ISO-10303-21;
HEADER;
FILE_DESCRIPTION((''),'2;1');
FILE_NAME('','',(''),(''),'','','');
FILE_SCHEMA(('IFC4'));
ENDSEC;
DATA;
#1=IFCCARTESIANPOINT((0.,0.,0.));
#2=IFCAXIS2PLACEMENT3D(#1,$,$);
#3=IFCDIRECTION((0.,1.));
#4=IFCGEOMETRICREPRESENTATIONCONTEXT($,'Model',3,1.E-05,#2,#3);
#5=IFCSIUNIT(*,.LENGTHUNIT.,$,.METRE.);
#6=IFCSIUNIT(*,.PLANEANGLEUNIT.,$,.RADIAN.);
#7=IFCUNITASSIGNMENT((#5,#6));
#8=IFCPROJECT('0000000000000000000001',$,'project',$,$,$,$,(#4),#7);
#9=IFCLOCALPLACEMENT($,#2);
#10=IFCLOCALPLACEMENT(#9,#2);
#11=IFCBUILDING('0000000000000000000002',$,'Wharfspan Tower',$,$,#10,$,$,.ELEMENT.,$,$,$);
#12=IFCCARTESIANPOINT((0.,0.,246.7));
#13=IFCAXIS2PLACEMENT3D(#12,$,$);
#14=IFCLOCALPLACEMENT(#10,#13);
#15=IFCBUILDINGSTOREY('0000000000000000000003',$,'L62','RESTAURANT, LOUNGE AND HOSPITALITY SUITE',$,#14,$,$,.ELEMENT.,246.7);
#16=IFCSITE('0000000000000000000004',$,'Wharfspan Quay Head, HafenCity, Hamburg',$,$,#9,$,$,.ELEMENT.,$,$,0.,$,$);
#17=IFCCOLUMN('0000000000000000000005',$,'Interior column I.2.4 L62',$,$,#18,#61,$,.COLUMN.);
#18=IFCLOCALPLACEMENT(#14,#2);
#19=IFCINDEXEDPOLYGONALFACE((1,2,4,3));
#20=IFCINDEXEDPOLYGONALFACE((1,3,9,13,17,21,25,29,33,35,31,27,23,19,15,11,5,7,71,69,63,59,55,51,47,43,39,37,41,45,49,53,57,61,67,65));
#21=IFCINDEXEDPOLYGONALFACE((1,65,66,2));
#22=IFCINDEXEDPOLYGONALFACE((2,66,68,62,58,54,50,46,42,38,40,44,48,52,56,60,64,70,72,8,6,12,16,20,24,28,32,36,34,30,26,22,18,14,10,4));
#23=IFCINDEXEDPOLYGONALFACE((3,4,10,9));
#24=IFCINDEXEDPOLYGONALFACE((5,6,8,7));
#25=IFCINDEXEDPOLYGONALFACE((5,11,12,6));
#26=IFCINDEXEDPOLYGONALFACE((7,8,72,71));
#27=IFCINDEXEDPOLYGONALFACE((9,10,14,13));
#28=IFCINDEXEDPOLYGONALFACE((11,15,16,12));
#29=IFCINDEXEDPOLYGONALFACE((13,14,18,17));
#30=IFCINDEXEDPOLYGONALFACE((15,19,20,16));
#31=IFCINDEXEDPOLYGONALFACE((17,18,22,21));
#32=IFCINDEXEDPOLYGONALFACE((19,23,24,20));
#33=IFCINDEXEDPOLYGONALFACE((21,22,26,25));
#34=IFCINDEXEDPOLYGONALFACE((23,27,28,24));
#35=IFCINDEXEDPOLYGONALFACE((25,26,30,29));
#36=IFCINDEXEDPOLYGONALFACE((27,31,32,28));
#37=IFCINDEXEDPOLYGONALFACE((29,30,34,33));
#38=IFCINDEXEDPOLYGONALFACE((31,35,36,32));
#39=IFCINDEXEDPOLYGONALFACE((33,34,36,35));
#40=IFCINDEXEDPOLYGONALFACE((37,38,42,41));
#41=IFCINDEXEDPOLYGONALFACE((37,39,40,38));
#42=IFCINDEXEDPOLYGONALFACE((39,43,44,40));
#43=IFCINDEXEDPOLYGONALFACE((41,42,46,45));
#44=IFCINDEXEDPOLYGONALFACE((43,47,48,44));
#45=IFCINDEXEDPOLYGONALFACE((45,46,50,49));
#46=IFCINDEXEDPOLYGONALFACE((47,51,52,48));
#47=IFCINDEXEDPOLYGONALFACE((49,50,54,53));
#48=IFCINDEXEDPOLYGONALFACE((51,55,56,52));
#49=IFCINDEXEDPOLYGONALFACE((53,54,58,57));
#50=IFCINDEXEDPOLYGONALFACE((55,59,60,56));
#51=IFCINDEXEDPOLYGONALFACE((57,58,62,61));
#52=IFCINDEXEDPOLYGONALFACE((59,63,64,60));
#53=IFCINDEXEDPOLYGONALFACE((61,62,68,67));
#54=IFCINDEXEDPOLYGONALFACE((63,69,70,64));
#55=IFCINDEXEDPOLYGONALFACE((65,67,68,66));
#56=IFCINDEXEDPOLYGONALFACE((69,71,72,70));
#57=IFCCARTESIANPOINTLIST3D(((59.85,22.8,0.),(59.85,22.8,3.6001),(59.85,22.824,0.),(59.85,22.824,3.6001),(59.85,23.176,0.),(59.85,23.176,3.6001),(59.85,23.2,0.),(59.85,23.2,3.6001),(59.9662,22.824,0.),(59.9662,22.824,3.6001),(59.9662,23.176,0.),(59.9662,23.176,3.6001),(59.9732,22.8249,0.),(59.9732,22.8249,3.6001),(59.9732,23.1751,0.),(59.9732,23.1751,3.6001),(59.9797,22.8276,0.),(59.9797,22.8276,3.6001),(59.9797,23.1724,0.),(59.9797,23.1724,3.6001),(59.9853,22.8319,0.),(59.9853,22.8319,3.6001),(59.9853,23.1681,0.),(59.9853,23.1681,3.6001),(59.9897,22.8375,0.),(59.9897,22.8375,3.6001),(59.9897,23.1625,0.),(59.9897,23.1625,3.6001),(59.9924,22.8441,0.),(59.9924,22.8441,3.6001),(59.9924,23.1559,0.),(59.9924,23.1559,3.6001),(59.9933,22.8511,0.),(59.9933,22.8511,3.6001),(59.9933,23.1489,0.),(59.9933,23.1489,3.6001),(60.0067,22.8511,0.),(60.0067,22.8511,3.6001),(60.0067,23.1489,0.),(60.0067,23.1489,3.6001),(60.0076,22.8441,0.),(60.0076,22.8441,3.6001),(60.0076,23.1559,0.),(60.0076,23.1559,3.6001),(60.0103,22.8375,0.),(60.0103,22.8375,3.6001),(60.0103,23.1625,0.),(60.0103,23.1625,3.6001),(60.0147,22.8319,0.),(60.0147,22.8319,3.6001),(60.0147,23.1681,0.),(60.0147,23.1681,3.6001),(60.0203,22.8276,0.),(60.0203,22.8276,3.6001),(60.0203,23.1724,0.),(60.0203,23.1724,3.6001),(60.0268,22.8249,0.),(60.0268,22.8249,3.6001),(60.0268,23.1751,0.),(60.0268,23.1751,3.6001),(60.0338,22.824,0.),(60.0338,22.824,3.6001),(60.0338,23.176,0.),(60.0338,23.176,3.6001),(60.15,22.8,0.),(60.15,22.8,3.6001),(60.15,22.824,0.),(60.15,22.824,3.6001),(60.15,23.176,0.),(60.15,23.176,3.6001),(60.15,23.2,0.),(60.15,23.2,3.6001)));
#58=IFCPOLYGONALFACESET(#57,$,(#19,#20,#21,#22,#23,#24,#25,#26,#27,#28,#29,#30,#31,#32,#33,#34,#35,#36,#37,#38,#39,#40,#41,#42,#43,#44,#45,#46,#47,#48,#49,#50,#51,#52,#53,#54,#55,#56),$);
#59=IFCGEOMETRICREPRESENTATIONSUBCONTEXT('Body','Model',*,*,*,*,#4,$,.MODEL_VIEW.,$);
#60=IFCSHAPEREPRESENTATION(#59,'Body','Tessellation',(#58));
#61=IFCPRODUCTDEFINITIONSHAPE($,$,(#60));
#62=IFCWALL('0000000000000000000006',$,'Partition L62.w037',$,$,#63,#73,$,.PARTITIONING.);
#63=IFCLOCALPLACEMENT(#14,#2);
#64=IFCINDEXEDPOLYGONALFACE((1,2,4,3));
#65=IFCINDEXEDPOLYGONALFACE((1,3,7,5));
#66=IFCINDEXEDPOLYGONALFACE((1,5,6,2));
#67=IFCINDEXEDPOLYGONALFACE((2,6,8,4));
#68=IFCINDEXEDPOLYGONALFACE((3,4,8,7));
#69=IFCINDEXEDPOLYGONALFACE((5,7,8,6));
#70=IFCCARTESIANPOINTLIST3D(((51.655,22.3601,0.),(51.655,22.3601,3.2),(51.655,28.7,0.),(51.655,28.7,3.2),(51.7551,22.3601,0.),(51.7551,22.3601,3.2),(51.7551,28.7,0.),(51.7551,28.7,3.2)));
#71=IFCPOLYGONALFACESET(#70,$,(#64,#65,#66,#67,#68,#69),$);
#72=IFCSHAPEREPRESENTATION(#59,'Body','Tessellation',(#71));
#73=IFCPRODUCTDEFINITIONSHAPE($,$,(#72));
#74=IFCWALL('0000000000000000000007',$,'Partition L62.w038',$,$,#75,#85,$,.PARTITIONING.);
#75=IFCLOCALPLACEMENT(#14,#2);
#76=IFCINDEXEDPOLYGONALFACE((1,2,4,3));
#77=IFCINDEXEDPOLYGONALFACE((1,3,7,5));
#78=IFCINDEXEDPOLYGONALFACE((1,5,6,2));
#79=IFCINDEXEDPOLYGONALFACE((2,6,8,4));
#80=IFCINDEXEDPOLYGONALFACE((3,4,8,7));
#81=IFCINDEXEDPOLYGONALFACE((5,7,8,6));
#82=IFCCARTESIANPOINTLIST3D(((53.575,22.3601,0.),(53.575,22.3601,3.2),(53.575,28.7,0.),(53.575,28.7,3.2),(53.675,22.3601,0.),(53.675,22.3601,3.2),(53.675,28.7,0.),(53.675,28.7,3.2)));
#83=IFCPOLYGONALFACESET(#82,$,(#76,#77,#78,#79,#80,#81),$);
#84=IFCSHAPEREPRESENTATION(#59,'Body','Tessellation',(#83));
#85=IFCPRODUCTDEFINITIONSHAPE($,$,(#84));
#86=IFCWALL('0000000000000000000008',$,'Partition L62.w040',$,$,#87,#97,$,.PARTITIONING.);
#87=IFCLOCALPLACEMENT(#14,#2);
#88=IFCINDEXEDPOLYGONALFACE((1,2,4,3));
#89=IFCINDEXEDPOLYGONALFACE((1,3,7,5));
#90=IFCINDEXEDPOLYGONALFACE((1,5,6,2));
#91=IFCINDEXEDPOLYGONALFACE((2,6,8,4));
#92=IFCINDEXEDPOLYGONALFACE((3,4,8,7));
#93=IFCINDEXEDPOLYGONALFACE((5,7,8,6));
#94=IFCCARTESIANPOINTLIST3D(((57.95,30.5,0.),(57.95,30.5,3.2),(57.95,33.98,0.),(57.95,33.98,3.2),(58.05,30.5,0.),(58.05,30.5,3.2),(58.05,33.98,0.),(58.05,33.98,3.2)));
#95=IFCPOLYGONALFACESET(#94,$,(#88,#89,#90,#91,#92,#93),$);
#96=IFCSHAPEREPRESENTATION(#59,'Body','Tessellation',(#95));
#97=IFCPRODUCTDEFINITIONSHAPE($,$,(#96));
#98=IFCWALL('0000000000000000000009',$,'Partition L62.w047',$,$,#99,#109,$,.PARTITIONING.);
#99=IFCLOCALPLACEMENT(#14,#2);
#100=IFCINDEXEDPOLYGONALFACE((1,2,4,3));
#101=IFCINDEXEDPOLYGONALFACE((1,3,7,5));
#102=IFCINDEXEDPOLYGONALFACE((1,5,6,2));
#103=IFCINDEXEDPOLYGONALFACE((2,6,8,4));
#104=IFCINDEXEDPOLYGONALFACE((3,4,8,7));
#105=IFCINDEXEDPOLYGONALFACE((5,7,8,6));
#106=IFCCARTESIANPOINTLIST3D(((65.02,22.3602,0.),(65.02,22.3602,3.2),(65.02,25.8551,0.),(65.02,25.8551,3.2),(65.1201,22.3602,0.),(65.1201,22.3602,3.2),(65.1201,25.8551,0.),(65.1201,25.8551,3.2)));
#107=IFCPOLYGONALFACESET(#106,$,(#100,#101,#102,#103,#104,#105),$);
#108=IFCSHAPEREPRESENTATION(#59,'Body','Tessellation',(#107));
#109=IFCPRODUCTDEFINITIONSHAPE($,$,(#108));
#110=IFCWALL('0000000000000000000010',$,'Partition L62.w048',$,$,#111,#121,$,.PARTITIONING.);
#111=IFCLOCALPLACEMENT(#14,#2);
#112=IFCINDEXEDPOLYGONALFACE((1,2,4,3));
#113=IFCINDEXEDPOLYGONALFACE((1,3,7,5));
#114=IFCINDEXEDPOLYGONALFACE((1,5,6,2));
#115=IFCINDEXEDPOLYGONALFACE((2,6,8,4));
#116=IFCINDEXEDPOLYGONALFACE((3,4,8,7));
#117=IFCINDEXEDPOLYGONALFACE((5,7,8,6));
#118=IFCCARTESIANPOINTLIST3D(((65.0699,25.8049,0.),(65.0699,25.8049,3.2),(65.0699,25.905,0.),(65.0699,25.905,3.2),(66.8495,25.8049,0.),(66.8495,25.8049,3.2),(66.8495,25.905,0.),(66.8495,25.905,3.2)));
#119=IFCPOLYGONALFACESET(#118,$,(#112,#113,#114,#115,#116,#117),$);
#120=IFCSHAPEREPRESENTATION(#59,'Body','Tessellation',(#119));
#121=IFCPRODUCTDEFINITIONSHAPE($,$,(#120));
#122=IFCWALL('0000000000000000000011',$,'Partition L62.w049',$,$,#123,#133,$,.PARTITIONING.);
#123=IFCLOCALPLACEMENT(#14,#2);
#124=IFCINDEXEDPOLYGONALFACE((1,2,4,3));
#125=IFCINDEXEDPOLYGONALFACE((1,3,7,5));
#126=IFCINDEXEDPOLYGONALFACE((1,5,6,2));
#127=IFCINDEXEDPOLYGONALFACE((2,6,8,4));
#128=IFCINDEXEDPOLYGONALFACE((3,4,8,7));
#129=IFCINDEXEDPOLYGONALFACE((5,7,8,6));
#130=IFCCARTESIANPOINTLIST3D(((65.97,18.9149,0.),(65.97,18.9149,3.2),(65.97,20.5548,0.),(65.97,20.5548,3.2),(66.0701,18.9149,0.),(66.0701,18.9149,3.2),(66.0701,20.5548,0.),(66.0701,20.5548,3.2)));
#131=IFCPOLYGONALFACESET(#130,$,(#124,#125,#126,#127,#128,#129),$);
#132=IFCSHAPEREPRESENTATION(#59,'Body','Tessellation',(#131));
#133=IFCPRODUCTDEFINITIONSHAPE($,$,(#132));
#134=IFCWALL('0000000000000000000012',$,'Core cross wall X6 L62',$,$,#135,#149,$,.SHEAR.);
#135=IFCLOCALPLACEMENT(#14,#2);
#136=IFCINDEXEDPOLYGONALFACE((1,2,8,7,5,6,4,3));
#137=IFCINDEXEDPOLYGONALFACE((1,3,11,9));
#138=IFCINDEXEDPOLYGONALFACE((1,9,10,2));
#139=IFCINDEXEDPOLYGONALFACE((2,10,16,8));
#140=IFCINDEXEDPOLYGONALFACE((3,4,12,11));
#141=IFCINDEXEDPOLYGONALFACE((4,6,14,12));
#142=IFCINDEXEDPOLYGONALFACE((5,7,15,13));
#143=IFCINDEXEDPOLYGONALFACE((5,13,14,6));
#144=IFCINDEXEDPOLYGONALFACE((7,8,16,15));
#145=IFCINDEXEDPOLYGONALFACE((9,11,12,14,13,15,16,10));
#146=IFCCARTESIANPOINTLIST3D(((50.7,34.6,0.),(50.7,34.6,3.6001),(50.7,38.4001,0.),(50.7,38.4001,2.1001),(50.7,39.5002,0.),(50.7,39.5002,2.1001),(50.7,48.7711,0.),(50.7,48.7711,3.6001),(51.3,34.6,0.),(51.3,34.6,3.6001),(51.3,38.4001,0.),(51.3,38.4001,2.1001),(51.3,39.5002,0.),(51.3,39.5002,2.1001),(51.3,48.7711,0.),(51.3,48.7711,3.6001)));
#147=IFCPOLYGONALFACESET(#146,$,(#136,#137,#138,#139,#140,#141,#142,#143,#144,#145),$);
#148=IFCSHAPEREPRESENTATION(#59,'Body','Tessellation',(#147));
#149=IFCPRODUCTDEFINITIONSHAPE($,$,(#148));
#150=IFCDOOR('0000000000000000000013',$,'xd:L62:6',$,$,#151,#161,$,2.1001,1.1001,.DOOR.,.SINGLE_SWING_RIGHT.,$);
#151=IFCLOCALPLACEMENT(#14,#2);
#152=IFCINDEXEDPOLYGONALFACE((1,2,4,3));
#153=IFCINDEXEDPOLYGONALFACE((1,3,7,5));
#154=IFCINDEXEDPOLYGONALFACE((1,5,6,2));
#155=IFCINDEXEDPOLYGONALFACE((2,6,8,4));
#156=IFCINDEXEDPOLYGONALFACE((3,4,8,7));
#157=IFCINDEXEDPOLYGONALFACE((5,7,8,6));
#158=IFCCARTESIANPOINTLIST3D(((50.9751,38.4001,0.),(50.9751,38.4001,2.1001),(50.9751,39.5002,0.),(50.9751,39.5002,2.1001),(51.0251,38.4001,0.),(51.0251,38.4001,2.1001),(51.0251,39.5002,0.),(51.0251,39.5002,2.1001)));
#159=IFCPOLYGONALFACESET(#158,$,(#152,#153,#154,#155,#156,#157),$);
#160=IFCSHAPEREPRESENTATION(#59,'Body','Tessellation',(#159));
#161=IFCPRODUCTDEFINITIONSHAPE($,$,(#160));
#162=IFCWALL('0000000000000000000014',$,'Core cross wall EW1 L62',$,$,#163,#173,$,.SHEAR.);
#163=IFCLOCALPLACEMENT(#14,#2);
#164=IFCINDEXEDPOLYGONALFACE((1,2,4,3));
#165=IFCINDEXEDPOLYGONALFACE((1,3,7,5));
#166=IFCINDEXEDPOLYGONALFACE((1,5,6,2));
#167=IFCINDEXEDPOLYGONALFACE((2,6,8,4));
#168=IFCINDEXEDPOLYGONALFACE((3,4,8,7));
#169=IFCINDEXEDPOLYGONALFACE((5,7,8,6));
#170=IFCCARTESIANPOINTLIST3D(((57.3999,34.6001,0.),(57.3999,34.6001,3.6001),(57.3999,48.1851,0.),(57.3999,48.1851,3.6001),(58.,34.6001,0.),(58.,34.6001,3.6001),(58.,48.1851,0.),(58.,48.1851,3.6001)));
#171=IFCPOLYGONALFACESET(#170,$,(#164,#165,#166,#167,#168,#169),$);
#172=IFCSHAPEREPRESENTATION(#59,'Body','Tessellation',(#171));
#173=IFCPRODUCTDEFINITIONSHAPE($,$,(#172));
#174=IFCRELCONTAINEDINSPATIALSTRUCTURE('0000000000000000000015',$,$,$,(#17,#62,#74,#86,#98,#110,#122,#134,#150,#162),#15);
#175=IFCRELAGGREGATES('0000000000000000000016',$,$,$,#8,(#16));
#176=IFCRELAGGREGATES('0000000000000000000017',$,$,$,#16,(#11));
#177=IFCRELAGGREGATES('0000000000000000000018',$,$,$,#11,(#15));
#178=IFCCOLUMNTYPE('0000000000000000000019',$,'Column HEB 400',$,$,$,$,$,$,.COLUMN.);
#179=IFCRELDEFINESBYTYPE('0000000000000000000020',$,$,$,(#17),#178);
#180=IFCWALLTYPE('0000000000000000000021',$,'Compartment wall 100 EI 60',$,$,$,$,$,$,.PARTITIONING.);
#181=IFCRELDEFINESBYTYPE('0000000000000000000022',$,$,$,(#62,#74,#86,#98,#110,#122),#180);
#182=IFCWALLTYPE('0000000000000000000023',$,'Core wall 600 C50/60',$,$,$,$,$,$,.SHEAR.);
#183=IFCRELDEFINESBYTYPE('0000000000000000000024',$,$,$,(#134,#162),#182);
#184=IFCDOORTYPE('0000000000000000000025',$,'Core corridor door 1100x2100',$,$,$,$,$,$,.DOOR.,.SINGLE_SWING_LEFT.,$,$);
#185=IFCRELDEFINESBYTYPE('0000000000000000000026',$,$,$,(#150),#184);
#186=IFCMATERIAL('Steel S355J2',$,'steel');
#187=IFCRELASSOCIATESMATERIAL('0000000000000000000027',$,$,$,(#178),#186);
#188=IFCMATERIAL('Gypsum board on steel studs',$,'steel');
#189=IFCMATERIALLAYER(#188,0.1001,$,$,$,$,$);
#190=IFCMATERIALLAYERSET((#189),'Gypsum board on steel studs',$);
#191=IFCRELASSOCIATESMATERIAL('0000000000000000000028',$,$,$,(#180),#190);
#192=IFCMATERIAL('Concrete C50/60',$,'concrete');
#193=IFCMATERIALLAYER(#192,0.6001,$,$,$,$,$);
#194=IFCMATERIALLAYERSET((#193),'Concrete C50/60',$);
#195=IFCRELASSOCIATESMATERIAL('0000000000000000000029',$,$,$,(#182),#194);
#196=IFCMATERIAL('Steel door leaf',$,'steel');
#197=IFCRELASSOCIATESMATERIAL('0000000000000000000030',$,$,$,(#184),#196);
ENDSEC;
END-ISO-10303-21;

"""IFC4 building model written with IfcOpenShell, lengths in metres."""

from ifc_helpers import new_model, si_unit, direction, frame, frame_2d, origin, origin_2d, place, context, subcontext, project, spatial, rectangle, i_section, extrude, material, layer, layer_set, material_profile, profile_set, type_object, element, fill, save


model = new_model("IFC4")

# Units and contexts
model_context = context("Model", 3, precision=1e-05, world=origin(), true_north=direction((0.0, 1.0)))
body_context = subcontext(model_context, "Body", "Model", "MODEL_VIEW")
ifc_project = project(units=[si_unit("LENGTHUNIT", "METRE"), si_unit("PLANEANGLEUNIT", "RADIAN")], contexts=[model_context])

# Site, building, storey
site_placement = place(None, origin())
site = spatial("IfcSite", under=ifc_project, at=site_placement, Name="Wharfspan Quay Head, HafenCity, Hamburg", CompositionType="ELEMENT", RefElevation=0.0)
building_placement = place(site_placement, origin())
building = spatial("IfcBuilding", under=site, at=building_placement, Name="Wharfspan Tower", CompositionType="ELEMENT")
storey_placement = place(building_placement, frame((0.0, 0.0, 246.7)))
storey = spatial("IfcBuildingStorey", under=building, at=storey_placement, Name="L62", Description="RESTAURANT, LOUNGE AND HOSPITALITY SUITE", CompositionType="ELEMENT", Elevation=246.7)

# Column
ifc_material_1 = material(Name="Steel S355J2", Category="steel")
ifc_material_profile = material_profile(ifc_material_1, i_section(OverallWidth=0.3, OverallDepth=0.3999, WebThickness=0.0134, FlangeThickness=0.0239, FilletRadius=0.0271, at=origin_2d()))
ifc_profile_set = profile_set([ifc_material_profile], Name="Steel S355J2")
column_type = type_object("IfcColumnType", Name="Column HEB 400", PredefinedType="COLUMN", material=ifc_profile_set)
column_placement = place(storey_placement, frame((60.0, 23.0, 0.0), z_axis=(0.0, 0.0, 1.0), x_axis=(1.0, 0.0, 0.0)))
element("IfcColumn", 1, at=column_placement, inside=storey, type_object=column_type, Name="Interior column I.2.4 L62", PredefinedType="COLUMN", context=body_context, shape_type="SweptSolid", body=[
    extrude(i_section(OverallWidth=0.3, OverallDepth=0.3999, WebThickness=0.0134, FlangeThickness=0.0239, FilletRadius=0.0271, at=origin_2d()), origin(), (0.0, 0.0, 1.0), 3.6001),
])

# Walls
ifc_material_2 = material(Name="Gypsum board on steel studs", Category="steel")
ifc_layer_1 = layer(ifc_material_2, 0.1001)
ifc_layer_set_1 = layer_set([ifc_layer_1], Name="Gypsum board on steel studs")
wall_type_1 = type_object("IfcWallType", Name="Compartment wall 100 EI 60", PredefinedType="PARTITIONING", material=ifc_layer_set_1)
for number, where, z_axis, x_axis, name in (
    (2, (51.7051, 22.3601, 0.0), (0.0, 0.0, 1.0), (0.0, 1.0, 0.0), "Partition L62.w037"),
    (3, (53.625, 22.3601, 0.0), (0.0, 0.0, 1.0), (0.0, 1.0, 0.0), "Partition L62.w038"),
):
    element("IfcWall", number, at=place(storey_placement, frame(where, z_axis=z_axis, x_axis=x_axis)), inside=storey, type_object=wall_type_1, Name=name, PredefinedType="PARTITIONING", context=body_context, shape_type="SweptSolid", body=[
        extrude(rectangle(XDim=6.3398, YDim=0.1001, at=frame_2d((3.1699, 0.0))), origin(), (0.0, 0.0, 1.0), 3.2),
    ])
wall_1_placement = place(storey_placement, frame((58.0, 30.5, 0.0), z_axis=(0.0, 0.0, 1.0), x_axis=(0.0, 1.0, 0.0)))
element("IfcWall", 4, at=wall_1_placement, inside=storey, type_object=wall_type_1, Name="Partition L62.w040", PredefinedType="PARTITIONING", context=body_context, shape_type="SweptSolid", body=[
    extrude(rectangle(XDim=3.48, YDim=0.1001, at=frame_2d((1.74, 0.0))), origin(), (0.0, 0.0, 1.0), 3.2),
])
wall_2_placement = place(storey_placement, frame((65.0701, 22.3601, 0.0), z_axis=(0.0, 0.0, 1.0), x_axis=(0.0, 1.0, 0.0)))
element("IfcWall", 5, at=wall_2_placement, inside=storey, type_object=wall_type_1, Name="Partition L62.w047", PredefinedType="PARTITIONING", context=body_context, shape_type="SweptSolid", body=[
    extrude(rectangle(XDim=3.4949, YDim=0.1001, at=frame_2d((1.7476, 0.0))), origin(), (0.0, 0.0, 1.0), 3.2),
])
wall_3_placement = place(storey_placement, frame((65.0701, 25.855, 0.0), z_axis=(0.0, 0.0, 1.0), x_axis=(1.0, 0.0, 0.0)))
element("IfcWall", 6, at=wall_3_placement, inside=storey, type_object=wall_type_1, Name="Partition L62.w048", PredefinedType="PARTITIONING", context=body_context, shape_type="SweptSolid", body=[
    extrude(rectangle(XDim=1.7795, YDim=0.1001, at=frame_2d((0.8896, 0.0))), origin(), (0.0, 0.0, 1.0), 3.2),
])
wall_4_placement = place(storey_placement, frame((66.02, 18.915, 0.0), z_axis=(0.0, 0.0, 1.0), x_axis=(0.0, 1.0, 0.0)))
element("IfcWall", 7, at=wall_4_placement, inside=storey, type_object=wall_type_1, Name="Partition L62.w049", PredefinedType="PARTITIONING", context=body_context, shape_type="SweptSolid", body=[
    extrude(rectangle(XDim=1.6399, YDim=0.1001, at=frame_2d((0.8198, 0.0))), origin(), (0.0, 0.0, 1.0), 3.2),
])

# Wall, opening, door
ifc_material_3 = material(Name="Concrete C50/60", Category="concrete")
ifc_layer_2 = layer(ifc_material_3, 0.6001)
ifc_layer_set_2 = layer_set([ifc_layer_2], Name="Concrete C50/60")
wall_type_2 = type_object("IfcWallType", Name="Core wall 600 C50/60", PredefinedType="SHEAR", material=ifc_layer_set_2)
wall_5_placement = place(storey_placement, frame((51.0, 34.6001, 0.0), z_axis=(0.0, 0.0, 1.0), x_axis=(0.0, 1.0, 0.0)))
wall_5 = element("IfcWall", 8, at=wall_5_placement, inside=storey, type_object=wall_type_2, Name="Core cross wall X6 L62", PredefinedType="SHEAR", context=body_context, shape_type="SweptSolid", body=[
    extrude(rectangle(XDim=14.1711, YDim=0.6001, at=frame_2d((7.0854, 0.0))), origin(), (0.0, 0.0, 1.0), 3.6001),
])
opening_1_placement = place(wall_5_placement, frame((3.8, 0.0, 0.0)))
opening_1 = element("IfcOpeningElement", 9, at=opening_1_placement, cuts=wall_5, PredefinedType="OPENING", context=body_context, shape_type="SweptSolid", body=[
    extrude(rectangle(XDim=1.1001, YDim=2.1001, at=frame_2d((0.55, 1.05))), frame((0.0, 0.3101, 0.0), z_axis=(0.0, -1.0, 0.0), x_axis=(1.0, 0.0, 0.0)), (0.0, 0.0, 1.0), 0.6201),
])
ifc_material_4 = material(Name="Steel door leaf", Category="steel")
door_type_1 = type_object("IfcDoorType", Name="Core corridor door 1100x2100", OperationType="SINGLE_SWING_LEFT", PredefinedType="DOOR", material=ifc_material_4)
door_1_placement = place(opening_1_placement, origin())
door_1 = element("IfcDoor", 10, at=door_1_placement, inside=storey, type_object=door_type_1, Name="xd:L62:6", OperationType="SINGLE_SWING_RIGHT", OverallHeight=2.1001, OverallWidth=1.1001, PredefinedType="DOOR", context=body_context, shape_type="SweptSolid", body=[
    extrude(rectangle(XDim=1.1001, YDim=2.1001, at=frame_2d((0.55, 1.05))), frame((0.0, 0.0249, 0.0), z_axis=(0.0, -1.0, 0.0), x_axis=(1.0, 0.0, 0.0)), (0.0, 0.0, 1.0), 0.05),
])
fill(opening_1, door_1)

# Wall
wall_6_placement = place(storey_placement, frame((57.7, 34.6001, 0.0), z_axis=(0.0, 0.0, 1.0), x_axis=(0.0, 1.0, 0.0)))
element("IfcWall", 11, at=wall_6_placement, inside=storey, type_object=wall_type_2, Name="Core cross wall EW1 L62", PredefinedType="SHEAR", context=body_context, shape_type="SweptSolid", body=[
    extrude(rectangle(XDim=13.585, YDim=0.6001, at=frame_2d((6.7925, 0.0))), origin(), (0.0, 0.0, 1.0), 3.6001),
])

save(model, "model.ifc")
